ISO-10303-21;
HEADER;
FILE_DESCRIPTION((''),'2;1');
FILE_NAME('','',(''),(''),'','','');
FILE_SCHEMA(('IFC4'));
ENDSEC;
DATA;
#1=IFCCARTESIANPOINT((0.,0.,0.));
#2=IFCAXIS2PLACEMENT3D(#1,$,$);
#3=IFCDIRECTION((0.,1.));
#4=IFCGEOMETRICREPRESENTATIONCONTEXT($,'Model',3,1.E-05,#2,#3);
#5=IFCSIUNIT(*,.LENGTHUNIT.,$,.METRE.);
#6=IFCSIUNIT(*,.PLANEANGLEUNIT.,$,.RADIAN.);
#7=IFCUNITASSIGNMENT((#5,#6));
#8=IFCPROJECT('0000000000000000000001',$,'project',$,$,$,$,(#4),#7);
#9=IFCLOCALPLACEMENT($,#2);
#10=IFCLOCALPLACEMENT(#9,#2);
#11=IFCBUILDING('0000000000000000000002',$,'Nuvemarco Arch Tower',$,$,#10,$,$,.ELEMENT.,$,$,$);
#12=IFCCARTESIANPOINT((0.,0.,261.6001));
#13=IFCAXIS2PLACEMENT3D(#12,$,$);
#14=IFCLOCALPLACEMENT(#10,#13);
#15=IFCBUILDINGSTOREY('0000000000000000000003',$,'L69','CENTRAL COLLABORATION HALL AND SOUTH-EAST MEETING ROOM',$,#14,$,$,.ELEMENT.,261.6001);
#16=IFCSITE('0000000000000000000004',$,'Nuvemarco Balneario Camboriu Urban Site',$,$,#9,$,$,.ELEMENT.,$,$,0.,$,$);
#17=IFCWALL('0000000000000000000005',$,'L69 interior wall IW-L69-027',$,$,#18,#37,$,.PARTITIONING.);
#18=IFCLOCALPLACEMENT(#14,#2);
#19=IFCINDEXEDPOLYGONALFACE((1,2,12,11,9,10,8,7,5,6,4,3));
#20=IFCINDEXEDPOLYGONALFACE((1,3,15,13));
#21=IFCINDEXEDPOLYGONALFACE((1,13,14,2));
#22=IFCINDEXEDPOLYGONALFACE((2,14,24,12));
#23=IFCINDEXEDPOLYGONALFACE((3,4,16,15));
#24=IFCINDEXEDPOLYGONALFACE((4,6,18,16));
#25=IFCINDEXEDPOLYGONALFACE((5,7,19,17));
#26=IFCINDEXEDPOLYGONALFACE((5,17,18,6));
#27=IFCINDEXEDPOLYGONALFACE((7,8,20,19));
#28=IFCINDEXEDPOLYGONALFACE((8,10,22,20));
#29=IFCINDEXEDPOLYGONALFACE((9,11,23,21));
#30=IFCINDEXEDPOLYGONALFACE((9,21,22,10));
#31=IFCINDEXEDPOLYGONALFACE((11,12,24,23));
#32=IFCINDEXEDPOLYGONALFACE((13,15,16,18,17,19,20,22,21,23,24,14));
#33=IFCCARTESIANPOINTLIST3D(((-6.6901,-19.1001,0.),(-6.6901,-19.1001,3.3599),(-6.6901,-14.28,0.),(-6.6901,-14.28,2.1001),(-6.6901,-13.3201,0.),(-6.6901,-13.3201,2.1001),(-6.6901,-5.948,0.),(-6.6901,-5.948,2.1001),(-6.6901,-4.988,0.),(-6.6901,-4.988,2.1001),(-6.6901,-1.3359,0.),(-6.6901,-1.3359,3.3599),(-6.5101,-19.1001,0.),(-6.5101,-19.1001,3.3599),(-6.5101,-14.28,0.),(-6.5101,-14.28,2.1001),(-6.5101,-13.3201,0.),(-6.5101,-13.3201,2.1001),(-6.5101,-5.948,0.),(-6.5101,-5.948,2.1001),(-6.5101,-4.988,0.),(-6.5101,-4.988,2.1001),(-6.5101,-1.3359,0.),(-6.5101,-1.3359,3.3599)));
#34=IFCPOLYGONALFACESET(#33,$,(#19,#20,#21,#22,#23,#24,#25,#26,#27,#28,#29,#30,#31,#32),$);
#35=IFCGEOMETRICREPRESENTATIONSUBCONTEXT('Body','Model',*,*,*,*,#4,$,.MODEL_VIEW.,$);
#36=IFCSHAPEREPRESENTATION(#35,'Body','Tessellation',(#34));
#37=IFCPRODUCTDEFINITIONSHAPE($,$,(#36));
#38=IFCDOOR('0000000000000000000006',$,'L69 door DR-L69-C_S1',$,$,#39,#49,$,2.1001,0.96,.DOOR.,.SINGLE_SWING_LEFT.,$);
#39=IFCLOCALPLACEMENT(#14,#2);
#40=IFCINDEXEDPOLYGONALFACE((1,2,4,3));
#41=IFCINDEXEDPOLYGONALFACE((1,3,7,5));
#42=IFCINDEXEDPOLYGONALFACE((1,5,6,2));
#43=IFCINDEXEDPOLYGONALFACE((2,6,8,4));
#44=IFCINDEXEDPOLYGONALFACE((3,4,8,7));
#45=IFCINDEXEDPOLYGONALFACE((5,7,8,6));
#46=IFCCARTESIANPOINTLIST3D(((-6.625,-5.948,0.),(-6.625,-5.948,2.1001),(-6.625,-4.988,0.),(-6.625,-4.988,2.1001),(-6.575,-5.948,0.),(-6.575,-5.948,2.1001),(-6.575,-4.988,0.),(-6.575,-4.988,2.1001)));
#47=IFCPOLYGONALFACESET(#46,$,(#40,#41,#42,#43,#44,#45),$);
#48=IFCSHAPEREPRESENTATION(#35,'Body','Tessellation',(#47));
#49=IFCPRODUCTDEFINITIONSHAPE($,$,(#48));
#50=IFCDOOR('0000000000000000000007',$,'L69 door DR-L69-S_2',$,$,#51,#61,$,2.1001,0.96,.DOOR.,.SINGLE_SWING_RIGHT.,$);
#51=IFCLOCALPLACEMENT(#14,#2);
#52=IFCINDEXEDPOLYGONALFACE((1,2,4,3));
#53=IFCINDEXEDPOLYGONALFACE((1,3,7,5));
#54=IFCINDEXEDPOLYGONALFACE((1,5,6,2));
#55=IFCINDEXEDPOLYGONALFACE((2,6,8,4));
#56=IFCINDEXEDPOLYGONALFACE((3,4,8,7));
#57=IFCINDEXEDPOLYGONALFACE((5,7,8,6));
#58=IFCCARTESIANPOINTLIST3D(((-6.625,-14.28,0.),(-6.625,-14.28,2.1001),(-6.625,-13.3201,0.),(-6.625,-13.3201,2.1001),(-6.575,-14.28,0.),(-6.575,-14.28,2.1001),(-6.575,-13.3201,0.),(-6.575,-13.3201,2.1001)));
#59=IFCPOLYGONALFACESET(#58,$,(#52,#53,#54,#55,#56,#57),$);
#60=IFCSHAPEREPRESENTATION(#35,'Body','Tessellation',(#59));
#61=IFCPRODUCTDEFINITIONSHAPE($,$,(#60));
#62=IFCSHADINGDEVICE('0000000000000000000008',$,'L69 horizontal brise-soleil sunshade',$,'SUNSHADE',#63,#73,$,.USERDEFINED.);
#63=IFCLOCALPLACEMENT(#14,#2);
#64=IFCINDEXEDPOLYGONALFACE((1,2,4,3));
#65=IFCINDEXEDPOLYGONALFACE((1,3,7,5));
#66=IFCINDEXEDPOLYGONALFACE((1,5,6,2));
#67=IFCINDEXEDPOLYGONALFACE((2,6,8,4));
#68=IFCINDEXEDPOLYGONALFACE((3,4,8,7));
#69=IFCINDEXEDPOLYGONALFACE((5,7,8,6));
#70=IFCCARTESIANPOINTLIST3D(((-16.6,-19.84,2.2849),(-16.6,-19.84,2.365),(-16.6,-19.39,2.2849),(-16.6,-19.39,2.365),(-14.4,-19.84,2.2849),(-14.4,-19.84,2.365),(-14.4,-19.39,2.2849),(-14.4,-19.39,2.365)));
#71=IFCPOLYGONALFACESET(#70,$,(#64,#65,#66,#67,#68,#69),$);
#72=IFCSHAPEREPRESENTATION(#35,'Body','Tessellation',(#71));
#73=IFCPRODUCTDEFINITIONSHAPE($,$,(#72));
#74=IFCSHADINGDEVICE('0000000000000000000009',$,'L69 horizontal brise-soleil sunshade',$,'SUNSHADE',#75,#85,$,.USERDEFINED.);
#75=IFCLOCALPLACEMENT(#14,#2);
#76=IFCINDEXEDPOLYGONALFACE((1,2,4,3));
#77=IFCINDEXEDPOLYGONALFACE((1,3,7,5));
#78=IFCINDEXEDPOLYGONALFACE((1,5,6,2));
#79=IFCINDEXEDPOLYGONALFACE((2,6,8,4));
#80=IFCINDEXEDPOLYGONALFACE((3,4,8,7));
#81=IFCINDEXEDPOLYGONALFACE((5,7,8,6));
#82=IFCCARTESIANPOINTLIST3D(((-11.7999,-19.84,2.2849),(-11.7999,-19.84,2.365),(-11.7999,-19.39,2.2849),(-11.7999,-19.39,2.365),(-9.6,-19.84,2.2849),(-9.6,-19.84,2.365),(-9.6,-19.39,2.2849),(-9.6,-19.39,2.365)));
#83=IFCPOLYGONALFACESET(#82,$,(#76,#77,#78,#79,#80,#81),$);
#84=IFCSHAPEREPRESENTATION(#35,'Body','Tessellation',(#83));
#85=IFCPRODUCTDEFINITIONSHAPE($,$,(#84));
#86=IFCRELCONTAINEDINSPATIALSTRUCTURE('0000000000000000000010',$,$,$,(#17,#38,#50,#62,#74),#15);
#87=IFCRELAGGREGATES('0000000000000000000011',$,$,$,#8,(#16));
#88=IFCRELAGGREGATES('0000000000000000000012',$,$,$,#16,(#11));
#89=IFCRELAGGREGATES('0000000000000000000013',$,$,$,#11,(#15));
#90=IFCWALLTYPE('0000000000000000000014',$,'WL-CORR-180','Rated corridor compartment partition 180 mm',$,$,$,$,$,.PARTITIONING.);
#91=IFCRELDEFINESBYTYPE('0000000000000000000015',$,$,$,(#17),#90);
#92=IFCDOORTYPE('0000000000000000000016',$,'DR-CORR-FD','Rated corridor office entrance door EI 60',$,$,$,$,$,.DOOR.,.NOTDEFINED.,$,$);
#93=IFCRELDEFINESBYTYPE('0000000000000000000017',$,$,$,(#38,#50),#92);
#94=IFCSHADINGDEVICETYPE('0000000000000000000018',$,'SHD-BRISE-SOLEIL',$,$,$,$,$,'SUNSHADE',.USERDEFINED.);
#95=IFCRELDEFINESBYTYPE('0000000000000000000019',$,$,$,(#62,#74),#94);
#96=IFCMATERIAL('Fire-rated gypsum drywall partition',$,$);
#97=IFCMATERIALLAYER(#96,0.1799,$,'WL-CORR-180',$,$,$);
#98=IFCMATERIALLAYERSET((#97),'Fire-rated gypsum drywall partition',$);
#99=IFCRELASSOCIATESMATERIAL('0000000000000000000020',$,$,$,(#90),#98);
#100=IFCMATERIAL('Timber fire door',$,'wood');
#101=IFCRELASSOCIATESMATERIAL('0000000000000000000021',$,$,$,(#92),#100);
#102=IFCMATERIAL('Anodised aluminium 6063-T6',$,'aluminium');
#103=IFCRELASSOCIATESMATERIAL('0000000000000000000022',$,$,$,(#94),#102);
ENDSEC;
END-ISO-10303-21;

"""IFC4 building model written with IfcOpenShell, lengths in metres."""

from ifc_helpers import new_model, si_unit, direction, frame, frame_2d, origin, origin_2d, place, context, subcontext, project, spatial, rectangle, extrude, source, transform, mapped, material, layer, layer_set, type_object, type_shapes, element, fill, save


model = new_model("IFC4")

# Units and contexts
model_context = context("Model", 3, precision=1e-05, world=origin(), true_north=direction((0.0, 1.0)))
body_context = subcontext(model_context, "Body", "Model", "MODEL_VIEW")
ifc_project = project(units=[si_unit("LENGTHUNIT", "METRE"), si_unit("PLANEANGLEUNIT", "RADIAN")], contexts=[model_context])

# Site, building, storey
site_placement = place(None, origin())
site = spatial("IfcSite", under=ifc_project, at=site_placement, Name="Nuvemarco Balneario Camboriu Urban Site", CompositionType="ELEMENT", RefElevation=0.0)
building_placement = place(site_placement, origin())
building = spatial("IfcBuilding", under=site, at=building_placement, Name="Nuvemarco Arch Tower", CompositionType="ELEMENT")
storey_placement = place(building_placement, frame((0.0, 0.0, 261.6001)))
storey = spatial("IfcBuildingStorey", under=building, at=storey_placement, Name="L69", Description="CENTRAL COLLABORATION HALL AND SOUTH-EAST MEETING ROOM", CompositionType="ELEMENT", Elevation=261.6001)

# Shared definitions
ifc_material_1 = material(Name="Fire-rated gypsum drywall partition")
ifc_layer = layer(ifc_material_1, 0.1799, Name="WL-CORR-180")
ifc_layer_set = layer_set([ifc_layer], Name="Fire-rated gypsum drywall partition")
wall_type = type_object("IfcWallType", Name="WL-CORR-180", Description="Rated corridor compartment partition 180 mm", PredefinedType="PARTITIONING", material=ifc_layer_set)

# Shared definitions
ifc_material_2 = material(Name="Timber fire door", Category="wood")
door_type = type_object("IfcDoorType", Name="DR-CORR-FD", Description="Rated corridor office entrance door EI 60", OperationType="NOTDEFINED", PredefinedType="DOOR", material=ifc_material_2)
shared_shape_1 = source(origin(), body_context, "Body", "SweptSolid", [
    extrude(rectangle(XDim=0.96, YDim=2.1001, at=frame_2d((0.48, 1.05))), frame((0.0, 0.0249, 0.0), z_axis=(0.0, -1.0, 0.0), x_axis=(1.0, 0.0, 0.0)), (0.0, 0.0, 1.0), 0.05),
])
type_shapes(door_type, [shared_shape_1])

# Wall, openings, doors
wall_1_placement = place(storey_placement, frame((-6.6001, -19.1001, 0.0), z_axis=(0.0, 0.0, 1.0), x_axis=(0.0, 1.0, 0.0)))
wall_1 = element("IfcWall", 1, at=wall_1_placement, inside=storey, type_object=wall_type, Name="L69 interior wall IW-L69-027", PredefinedType="PARTITIONING", context=body_context, shape_type="SweptSolid", body=[
    extrude(rectangle(XDim=17.7642, YDim=0.1799, at=frame_2d((8.8821, 0.0))), origin(), (0.0, 0.0, 1.0), 3.3599),
])
opening_1_placement = place(wall_1_placement, frame((13.1521, 0.0, 0.0)))
opening_1 = element("IfcOpeningElement", 2, at=opening_1_placement, cuts=wall_1, PredefinedType="OPENING", context=body_context, shape_type="SweptSolid", body=[
    extrude(rectangle(XDim=0.96, YDim=2.1001, at=frame_2d((0.48, 1.05))), frame((0.0, 0.0999, 0.0), z_axis=(0.0, -1.0, 0.0), x_axis=(1.0, 0.0, 0.0)), (0.0, 0.0, 1.0), 0.2),
])
opening_2_placement = place(wall_1_placement, frame((4.8201, 0.0, 0.0)))
opening_2 = element("IfcOpeningElement", 3, at=opening_2_placement, cuts=wall_1, PredefinedType="OPENING", context=body_context, shape_type="SweptSolid", body=[
    extrude(rectangle(XDim=0.96, YDim=2.1001, at=frame_2d((0.48, 1.05))), frame((0.0, 0.0999, 0.0), z_axis=(0.0, -1.0, 0.0), x_axis=(1.0, 0.0, 0.0)), (0.0, 0.0, 1.0), 0.2),
])
door_1_placement = place(opening_1_placement, origin())
door_1 = element("IfcDoor", 4, at=door_1_placement, inside=storey, type_object=door_type, Name="L69 door DR-L69-C_S1", OperationType="SINGLE_SWING_LEFT", OverallHeight=2.1001, OverallWidth=0.96, PredefinedType="DOOR", context=body_context, shape_type="MappedRepresentation", body=[
    mapped(shared_shape_1, transform((0.0, 0.0, 0.0), scale=1.0)),
])
fill(opening_1, door_1)
door_2_placement = place(opening_2_placement, origin())
door_2 = element("IfcDoor", 5, at=door_2_placement, inside=storey, type_object=door_type, Name="L69 door DR-L69-S_2", OperationType="SINGLE_SWING_RIGHT", OverallHeight=2.1001, OverallWidth=0.96, PredefinedType="DOOR", context=body_context, shape_type="MappedRepresentation", body=[
    mapped(shared_shape_1, transform((0.0, 0.0, 0.0), scale=1.0)),
])
fill(opening_2, door_2)

# Shading devices
ifc_material_3 = material(Name="Anodised aluminium 6063-T6", Category="aluminium")
shading_device_type = type_object("IfcShadingDeviceType", Name="SHD-BRISE-SOLEIL", ElementType="SUNSHADE", PredefinedType="USERDEFINED", material=ifc_material_3)
shared_shape_2 = source(origin(), body_context, "Body", "SweptSolid", [
    extrude(rectangle(XDim=2.2, YDim=0.45, at=origin_2d()), origin(), (0.0, 0.0, 1.0), 0.0801),
])
type_shapes(shading_device_type, [shared_shape_2])
for number, where, z_axis, x_axis, name in (
    (6, (-15.5, -19.615, 2.2849), (0.0, 0.0, 1.0), (1.0, 0.0, 0.0), "L69 horizontal brise-soleil sunshade"),
    (7, (-10.7, -19.615, 2.2849), (0.0, 0.0, 1.0), (1.0, 0.0, 0.0), "L69 horizontal brise-soleil sunshade"),
):
    element("IfcShadingDevice", number, at=place(storey_placement, frame(where, z_axis=z_axis, x_axis=x_axis)), inside=storey, type_object=shading_device_type, Name=name, ObjectType="SUNSHADE", PredefinedType="USERDEFINED", context=body_context, shape_type="MappedRepresentation", body=[
        mapped(shared_shape_2, transform((0.0, 0.0, 0.0), scale=1.0)),
    ])

save(model, "model.ifc")
